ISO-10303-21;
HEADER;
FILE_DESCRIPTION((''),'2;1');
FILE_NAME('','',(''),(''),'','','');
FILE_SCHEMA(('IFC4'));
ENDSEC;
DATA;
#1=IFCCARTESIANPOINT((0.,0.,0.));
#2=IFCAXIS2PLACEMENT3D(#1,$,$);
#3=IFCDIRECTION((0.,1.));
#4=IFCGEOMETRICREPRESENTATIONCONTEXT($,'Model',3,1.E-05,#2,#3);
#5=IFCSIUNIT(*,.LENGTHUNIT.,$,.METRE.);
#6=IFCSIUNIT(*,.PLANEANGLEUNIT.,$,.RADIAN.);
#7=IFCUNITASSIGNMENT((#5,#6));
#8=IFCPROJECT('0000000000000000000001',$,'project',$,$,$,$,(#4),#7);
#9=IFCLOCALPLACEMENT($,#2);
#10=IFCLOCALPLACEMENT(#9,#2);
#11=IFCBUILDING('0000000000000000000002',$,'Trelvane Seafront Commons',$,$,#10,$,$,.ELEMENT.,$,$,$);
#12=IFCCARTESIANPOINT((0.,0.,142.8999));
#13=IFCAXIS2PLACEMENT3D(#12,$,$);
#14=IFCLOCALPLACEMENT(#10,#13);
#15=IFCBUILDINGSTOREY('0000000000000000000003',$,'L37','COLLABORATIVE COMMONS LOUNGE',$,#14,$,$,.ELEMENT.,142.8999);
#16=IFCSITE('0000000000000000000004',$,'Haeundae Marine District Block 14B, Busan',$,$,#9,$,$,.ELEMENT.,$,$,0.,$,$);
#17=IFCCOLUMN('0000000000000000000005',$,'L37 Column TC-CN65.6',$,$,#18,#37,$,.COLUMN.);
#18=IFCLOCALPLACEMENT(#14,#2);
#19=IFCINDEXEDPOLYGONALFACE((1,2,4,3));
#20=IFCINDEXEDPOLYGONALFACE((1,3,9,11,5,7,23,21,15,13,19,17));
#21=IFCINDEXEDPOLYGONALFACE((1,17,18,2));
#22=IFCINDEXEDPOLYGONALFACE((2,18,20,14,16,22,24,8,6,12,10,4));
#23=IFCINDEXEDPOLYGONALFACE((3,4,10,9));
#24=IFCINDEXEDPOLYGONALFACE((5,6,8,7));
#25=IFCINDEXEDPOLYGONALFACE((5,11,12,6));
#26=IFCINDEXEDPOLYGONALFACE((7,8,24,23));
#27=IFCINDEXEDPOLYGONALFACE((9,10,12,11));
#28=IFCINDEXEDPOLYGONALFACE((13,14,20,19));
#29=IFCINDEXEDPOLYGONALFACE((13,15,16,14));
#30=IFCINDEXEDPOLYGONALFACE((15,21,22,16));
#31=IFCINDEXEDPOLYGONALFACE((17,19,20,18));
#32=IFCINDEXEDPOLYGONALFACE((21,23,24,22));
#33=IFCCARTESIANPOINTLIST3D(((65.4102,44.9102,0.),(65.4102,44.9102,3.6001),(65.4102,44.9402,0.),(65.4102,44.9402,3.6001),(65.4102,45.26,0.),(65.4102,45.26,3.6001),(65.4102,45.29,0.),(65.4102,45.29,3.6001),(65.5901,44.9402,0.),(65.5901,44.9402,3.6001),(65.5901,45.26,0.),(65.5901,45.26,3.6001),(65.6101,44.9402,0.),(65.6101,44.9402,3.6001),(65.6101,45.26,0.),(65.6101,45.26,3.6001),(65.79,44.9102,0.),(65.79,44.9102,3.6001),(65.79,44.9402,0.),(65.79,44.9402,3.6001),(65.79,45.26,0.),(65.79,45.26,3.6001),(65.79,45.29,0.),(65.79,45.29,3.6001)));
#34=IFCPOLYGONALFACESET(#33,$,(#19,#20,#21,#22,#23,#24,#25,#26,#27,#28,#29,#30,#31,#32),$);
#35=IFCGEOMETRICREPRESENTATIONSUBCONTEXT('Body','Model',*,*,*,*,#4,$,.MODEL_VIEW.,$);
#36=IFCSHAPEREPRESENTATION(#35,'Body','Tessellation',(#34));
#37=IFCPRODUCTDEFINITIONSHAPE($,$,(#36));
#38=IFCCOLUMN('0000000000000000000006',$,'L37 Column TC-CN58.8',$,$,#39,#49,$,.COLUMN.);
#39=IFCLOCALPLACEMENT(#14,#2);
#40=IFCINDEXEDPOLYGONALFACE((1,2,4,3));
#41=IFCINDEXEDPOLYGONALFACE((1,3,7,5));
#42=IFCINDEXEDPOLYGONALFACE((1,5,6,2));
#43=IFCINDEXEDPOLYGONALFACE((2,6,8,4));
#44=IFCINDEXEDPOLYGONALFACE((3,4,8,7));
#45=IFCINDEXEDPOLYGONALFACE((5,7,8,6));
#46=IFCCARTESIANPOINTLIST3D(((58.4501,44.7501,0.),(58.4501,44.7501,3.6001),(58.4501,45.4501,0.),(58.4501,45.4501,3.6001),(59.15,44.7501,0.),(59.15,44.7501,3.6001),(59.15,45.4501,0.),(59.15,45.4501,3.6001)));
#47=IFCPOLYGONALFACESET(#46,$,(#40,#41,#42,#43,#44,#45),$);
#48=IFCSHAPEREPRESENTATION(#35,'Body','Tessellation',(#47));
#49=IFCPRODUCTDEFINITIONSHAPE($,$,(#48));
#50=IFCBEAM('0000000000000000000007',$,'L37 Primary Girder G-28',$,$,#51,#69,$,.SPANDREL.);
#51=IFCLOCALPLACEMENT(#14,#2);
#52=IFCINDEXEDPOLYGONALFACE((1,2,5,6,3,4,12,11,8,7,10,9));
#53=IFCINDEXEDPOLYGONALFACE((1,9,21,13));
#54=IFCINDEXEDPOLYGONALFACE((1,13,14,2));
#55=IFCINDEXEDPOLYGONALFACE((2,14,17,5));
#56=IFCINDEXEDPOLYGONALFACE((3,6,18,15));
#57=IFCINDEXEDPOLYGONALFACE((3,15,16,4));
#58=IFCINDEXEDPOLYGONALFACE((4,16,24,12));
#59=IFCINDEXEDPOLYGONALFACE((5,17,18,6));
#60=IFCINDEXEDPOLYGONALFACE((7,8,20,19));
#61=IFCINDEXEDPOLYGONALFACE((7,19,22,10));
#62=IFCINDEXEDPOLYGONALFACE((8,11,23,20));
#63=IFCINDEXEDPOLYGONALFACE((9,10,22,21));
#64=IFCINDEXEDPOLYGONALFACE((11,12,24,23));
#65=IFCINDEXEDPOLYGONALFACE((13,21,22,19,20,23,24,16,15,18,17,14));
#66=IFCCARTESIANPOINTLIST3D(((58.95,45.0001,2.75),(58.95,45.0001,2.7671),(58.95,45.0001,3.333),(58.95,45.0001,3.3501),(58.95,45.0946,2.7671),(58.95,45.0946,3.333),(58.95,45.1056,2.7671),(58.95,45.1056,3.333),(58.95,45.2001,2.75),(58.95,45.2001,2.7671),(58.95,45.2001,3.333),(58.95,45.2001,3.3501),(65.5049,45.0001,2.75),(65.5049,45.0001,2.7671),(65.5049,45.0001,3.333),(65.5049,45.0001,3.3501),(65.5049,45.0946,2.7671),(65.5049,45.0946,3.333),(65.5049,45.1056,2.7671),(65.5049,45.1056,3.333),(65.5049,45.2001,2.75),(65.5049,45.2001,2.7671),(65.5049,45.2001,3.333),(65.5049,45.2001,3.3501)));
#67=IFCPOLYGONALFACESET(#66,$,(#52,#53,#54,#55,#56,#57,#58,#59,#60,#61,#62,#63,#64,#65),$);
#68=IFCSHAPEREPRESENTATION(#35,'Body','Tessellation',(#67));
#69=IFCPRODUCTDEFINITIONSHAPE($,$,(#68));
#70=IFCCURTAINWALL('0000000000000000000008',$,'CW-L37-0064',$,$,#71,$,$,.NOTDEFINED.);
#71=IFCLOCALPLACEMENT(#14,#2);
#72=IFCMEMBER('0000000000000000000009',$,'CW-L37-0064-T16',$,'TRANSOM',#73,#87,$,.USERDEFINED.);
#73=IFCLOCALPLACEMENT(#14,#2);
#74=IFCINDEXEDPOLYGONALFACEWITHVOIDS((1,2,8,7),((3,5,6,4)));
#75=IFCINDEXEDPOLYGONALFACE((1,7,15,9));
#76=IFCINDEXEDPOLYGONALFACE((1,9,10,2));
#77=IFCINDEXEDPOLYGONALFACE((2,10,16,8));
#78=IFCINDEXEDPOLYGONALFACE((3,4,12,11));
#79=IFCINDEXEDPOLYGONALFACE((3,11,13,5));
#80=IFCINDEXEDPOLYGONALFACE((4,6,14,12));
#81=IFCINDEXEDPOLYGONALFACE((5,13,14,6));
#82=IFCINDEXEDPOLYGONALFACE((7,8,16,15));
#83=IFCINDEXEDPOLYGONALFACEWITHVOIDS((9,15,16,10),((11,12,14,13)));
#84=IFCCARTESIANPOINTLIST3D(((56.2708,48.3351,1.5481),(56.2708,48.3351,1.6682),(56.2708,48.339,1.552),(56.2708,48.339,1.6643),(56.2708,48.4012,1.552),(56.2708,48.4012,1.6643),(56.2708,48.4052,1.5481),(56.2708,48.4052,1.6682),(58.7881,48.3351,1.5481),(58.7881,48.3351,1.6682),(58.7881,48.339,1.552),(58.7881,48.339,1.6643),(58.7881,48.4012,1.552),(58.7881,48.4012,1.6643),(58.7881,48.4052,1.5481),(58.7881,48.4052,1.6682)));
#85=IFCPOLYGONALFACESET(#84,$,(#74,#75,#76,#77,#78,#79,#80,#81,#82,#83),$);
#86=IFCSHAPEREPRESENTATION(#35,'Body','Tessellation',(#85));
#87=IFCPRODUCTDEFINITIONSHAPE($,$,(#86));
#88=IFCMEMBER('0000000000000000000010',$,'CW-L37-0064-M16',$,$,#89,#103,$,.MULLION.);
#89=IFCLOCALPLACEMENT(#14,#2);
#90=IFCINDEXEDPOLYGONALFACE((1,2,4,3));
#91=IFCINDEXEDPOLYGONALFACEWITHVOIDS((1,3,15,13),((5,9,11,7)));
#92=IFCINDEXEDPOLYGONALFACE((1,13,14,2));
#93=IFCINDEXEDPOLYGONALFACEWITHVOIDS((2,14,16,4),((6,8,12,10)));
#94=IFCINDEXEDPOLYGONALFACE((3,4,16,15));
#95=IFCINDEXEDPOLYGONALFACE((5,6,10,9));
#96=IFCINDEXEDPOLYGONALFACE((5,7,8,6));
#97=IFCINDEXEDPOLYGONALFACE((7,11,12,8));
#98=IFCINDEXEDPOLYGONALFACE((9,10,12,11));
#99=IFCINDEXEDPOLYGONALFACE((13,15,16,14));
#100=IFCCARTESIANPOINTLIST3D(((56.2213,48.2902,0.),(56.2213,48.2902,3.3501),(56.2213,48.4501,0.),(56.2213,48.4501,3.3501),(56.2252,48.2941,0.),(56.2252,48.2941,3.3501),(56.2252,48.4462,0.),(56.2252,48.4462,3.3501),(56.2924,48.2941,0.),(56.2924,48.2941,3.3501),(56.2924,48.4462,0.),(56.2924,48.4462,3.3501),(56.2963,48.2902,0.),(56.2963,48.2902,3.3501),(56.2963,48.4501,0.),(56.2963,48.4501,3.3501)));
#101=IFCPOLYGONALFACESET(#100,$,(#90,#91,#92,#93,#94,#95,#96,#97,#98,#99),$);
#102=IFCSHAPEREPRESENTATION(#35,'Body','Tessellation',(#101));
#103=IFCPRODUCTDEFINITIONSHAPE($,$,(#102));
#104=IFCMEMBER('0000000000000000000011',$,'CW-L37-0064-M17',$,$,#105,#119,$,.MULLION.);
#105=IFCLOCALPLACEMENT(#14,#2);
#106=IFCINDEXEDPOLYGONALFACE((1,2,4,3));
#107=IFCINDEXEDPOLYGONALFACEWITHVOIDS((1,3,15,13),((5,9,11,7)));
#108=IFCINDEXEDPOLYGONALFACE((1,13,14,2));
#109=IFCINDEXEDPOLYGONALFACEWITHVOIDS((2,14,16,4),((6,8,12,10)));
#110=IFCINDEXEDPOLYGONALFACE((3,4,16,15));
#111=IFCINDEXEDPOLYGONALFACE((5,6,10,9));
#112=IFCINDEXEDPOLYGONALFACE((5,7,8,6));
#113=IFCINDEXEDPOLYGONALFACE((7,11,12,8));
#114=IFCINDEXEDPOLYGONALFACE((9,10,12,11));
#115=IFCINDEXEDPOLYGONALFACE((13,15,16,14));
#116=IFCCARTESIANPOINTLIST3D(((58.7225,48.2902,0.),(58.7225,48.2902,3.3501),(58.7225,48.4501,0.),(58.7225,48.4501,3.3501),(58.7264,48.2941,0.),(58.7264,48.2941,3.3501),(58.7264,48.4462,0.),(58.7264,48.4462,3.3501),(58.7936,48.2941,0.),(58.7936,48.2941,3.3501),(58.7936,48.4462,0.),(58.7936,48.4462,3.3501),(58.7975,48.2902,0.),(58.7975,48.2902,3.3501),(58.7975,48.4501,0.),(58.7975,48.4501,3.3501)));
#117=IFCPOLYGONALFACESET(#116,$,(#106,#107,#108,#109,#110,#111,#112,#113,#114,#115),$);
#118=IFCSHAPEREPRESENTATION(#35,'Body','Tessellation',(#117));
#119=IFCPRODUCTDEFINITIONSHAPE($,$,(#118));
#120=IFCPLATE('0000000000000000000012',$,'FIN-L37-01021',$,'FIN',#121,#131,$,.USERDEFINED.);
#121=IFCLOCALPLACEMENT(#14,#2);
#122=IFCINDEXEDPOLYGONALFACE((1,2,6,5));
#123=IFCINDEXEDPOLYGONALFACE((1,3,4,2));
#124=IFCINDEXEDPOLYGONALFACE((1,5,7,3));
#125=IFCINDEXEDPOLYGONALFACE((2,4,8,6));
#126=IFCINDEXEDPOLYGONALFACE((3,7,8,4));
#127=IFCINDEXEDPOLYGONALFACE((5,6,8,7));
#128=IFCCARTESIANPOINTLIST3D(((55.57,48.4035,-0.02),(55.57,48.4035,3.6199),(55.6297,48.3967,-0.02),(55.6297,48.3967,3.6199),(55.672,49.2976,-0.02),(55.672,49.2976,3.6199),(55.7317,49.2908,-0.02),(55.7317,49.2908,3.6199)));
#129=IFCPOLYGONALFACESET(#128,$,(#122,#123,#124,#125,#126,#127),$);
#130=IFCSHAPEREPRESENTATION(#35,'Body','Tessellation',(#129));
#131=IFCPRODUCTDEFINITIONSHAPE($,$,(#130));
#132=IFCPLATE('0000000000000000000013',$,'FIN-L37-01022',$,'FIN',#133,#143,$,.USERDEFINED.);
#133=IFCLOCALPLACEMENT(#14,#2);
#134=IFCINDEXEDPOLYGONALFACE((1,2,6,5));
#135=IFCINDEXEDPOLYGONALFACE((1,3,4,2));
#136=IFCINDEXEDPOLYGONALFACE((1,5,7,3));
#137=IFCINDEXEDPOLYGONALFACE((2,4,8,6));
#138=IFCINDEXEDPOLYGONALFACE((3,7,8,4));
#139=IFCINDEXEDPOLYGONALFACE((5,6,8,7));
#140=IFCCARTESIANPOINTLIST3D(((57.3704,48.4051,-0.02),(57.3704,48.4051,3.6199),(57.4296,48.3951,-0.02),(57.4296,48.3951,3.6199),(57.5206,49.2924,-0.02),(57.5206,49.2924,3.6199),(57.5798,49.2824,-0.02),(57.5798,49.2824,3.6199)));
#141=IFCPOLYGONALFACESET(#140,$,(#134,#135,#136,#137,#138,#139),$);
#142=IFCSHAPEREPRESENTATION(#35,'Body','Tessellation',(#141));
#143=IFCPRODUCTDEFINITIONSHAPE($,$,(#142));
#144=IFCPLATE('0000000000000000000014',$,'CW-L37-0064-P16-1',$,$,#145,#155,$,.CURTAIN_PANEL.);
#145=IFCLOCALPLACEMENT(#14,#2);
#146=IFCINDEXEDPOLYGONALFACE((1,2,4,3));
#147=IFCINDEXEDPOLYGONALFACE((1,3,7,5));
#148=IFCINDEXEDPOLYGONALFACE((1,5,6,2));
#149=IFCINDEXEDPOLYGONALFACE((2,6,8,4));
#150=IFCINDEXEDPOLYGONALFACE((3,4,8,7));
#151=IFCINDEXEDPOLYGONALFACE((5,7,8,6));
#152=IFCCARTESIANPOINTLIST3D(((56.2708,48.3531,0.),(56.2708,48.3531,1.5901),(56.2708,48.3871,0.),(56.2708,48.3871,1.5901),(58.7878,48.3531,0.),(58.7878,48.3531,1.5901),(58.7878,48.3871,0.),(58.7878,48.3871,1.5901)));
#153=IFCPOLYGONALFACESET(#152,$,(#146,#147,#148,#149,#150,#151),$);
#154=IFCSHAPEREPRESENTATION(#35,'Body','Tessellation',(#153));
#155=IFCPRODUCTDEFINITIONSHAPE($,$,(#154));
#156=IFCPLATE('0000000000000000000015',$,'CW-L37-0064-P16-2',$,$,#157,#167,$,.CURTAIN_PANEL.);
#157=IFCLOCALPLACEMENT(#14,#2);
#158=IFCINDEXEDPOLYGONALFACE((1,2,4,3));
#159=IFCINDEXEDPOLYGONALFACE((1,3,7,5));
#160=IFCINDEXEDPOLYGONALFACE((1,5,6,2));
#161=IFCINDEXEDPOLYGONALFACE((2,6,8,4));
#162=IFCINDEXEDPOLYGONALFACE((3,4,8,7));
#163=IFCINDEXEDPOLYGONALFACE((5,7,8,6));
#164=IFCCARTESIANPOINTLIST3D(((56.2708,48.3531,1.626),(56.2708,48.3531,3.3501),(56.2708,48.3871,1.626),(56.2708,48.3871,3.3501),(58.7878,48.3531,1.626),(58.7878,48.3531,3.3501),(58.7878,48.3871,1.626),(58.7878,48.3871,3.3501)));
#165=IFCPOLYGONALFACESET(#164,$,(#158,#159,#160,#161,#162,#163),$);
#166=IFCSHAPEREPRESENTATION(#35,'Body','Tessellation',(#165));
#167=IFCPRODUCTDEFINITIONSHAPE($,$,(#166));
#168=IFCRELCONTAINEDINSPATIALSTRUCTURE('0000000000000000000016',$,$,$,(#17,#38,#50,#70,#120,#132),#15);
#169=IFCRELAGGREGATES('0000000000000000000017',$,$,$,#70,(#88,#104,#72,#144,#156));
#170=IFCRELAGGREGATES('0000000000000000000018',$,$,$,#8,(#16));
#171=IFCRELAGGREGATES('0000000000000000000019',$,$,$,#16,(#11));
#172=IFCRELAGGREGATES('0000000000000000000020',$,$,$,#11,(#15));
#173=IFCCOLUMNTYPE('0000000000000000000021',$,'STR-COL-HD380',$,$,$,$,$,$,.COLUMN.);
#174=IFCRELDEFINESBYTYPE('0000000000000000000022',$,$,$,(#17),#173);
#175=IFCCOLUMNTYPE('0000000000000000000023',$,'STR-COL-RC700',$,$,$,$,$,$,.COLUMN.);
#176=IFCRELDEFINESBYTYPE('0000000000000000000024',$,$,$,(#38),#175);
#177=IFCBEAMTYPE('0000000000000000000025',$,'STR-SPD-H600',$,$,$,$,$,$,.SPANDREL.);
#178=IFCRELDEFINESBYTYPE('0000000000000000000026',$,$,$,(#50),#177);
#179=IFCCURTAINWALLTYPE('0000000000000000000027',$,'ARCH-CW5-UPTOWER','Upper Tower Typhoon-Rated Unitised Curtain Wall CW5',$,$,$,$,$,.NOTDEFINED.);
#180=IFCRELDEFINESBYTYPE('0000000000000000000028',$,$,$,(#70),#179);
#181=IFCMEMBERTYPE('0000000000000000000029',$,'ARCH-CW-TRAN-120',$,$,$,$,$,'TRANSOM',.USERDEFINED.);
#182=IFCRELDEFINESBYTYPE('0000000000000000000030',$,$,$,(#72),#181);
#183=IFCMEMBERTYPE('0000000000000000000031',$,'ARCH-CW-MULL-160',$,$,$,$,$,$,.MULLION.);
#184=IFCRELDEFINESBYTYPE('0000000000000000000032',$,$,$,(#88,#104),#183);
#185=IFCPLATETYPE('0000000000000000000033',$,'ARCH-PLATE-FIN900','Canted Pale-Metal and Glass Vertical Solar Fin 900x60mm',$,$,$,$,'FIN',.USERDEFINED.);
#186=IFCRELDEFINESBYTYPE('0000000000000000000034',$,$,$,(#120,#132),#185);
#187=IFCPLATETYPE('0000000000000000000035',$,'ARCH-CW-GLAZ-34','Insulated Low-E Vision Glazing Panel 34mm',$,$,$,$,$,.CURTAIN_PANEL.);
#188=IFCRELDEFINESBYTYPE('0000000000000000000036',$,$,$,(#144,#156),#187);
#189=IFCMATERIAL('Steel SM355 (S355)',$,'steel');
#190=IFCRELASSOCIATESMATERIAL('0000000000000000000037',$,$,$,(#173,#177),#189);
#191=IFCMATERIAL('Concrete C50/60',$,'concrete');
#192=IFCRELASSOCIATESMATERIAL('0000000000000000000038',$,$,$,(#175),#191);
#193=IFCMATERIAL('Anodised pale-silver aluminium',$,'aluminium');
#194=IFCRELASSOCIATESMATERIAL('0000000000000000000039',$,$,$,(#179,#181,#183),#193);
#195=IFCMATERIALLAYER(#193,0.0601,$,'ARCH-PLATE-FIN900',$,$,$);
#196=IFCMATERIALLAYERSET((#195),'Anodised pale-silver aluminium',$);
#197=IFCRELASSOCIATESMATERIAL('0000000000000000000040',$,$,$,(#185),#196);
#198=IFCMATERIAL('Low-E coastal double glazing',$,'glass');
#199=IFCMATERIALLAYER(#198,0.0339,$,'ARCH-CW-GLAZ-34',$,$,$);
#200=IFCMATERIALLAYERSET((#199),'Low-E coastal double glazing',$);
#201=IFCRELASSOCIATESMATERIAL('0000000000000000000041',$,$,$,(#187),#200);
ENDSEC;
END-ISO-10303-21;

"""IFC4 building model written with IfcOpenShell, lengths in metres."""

from ifc_helpers import new_model, si_unit, direction, frame, origin, origin_2d, place, context, subcontext, project, spatial, rectangle, hollow_rectangle, i_section, extrude, source, transform, mapped, material, layer, layer_set, material_profile, profile_set, type_object, element, aggregate, save


model = new_model("IFC4")

# Units and contexts
model_context = context("Model", 3, precision=1e-05, world=origin(), true_north=direction((0.0, 1.0)))
body_context = subcontext(model_context, "Body", "Model", "MODEL_VIEW")
ifc_project = project(units=[si_unit("LENGTHUNIT", "METRE"), si_unit("PLANEANGLEUNIT", "RADIAN")], contexts=[model_context])

# Site, building, storey
site_placement = place(None, origin())
site = spatial("IfcSite", under=ifc_project, at=site_placement, Name="Haeundae Marine District Block 14B, Busan", CompositionType="ELEMENT", RefElevation=0.0)
building_placement = place(site_placement, origin())
building = spatial("IfcBuilding", under=site, at=building_placement, Name="Trelvane Seafront Commons", CompositionType="ELEMENT")
storey_placement = place(building_placement, frame((0.0, 0.0, 142.8999)))
storey = spatial("IfcBuildingStorey", under=building, at=storey_placement, Name="L37", Description="COLLABORATIVE COMMONS LOUNGE", CompositionType="ELEMENT", Elevation=142.8999)

# Columns
ifc_material_1 = material(Name="Steel SM355 (S355)", Category="steel")
ifc_material_profile_1 = material_profile(ifc_material_1, i_section(OverallWidth=0.3799, OverallDepth=0.3799, WebThickness=0.02, FlangeThickness=0.03, at=origin_2d()), Name="HD-380x380x20x30")
ifc_profile_set_1 = profile_set([ifc_material_profile_1], Name="Steel SM355 (S355)")
column_type_1 = type_object("IfcColumnType", Name="STR-COL-HD380", PredefinedType="COLUMN", material=ifc_profile_set_1)
shared_shape_1 = source(origin(), body_context, "Body", "SweptSolid", [
    extrude(i_section(OverallWidth=0.3799, OverallDepth=0.3799, WebThickness=0.02, FlangeThickness=0.03, at=origin_2d()), origin(), (0.0, 0.0, 1.0), 3.6001),
])
column_1_placement = place(storey_placement, frame((65.6001, 45.1001, 0.0), z_axis=(0.0, 0.0, 1.0), x_axis=(1.0, 0.0, 0.0)))
element("IfcColumn", 1, at=column_1_placement, inside=storey, type_object=column_type_1, Name="L37 Column TC-CN65.6", PredefinedType="COLUMN", context=body_context, shape_type="MappedRepresentation", body=[
    mapped(shared_shape_1, transform((0.0, 0.0, 0.0), x_axis=(1.0, 0.0, 0.0), y_axis=(0.0, 1.0, 0.0), z_axis=(0.0, 0.0, 1.0), scale=1.0)),
])
ifc_material_2 = material(Name="Concrete C50/60", Category="concrete")
ifc_material_profile_2 = material_profile(ifc_material_2, rectangle(XDim=0.7, YDim=0.7, at=origin_2d()), Name="RC-700x700")
ifc_profile_set_2 = profile_set([ifc_material_profile_2], Name="Concrete C50/60")
column_type_2 = type_object("IfcColumnType", Name="STR-COL-RC700", PredefinedType="COLUMN", material=ifc_profile_set_2)
shared_shape_2 = source(origin(), body_context, "Body", "SweptSolid", [
    extrude(rectangle(XDim=0.7, YDim=0.7, at=origin_2d()), origin(), (0.0, 0.0, 1.0), 3.6001),
])
column_2_placement = place(storey_placement, frame((58.8, 45.1001, 0.0), z_axis=(0.0, 0.0, 1.0), x_axis=(1.0, 0.0, 0.0)))
element("IfcColumn", 2, at=column_2_placement, inside=storey, type_object=column_type_2, Name="L37 Column TC-CN58.8", PredefinedType="COLUMN", context=body_context, shape_type="MappedRepresentation", body=[
    mapped(shared_shape_2, transform((0.0, 0.0, 0.0), x_axis=(1.0, 0.0, 0.0), y_axis=(0.0, 1.0, 0.0), z_axis=(0.0, 0.0, 1.0), scale=1.0)),
])

# Beam
ifc_material_profile_3 = material_profile(ifc_material_1, i_section(OverallWidth=0.2, OverallDepth=0.6001, WebThickness=0.011, FlangeThickness=0.0171, at=origin_2d()), Name="H-600x200x11x17")
ifc_profile_set_3 = profile_set([ifc_material_profile_3], Name="Steel SM355 (S355)")
beam_type = type_object("IfcBeamType", Name="STR-SPD-H600", PredefinedType="SPANDREL", material=ifc_profile_set_3)
shared_shape_3 = source(origin(), body_context, "Body", "SweptSolid", [
    extrude(i_section(OverallWidth=0.2, OverallDepth=0.6001, WebThickness=0.011, FlangeThickness=0.0171, at=origin_2d()), origin(), (0.0, 0.0, 1.0), 6.5549),
])
beam_placement = place(storey_placement, frame((58.95, 45.1001, 3.05), z_axis=(1.0, 0.0, 0.0), x_axis=(0.0, 1.0, 0.0)))
element("IfcBeam", 3, at=beam_placement, inside=storey, type_object=beam_type, Name="L37 Primary Girder G-28", PredefinedType="SPANDREL", context=body_context, shape_type="MappedRepresentation", body=[
    mapped(shared_shape_3, transform((0.0, 0.0, 0.0), x_axis=(1.0, 0.0, 0.0), y_axis=(0.0, 1.0, 0.0), z_axis=(0.0, 0.0, 1.0), scale=1.0)),
])

# Curtain wall, members
ifc_material_3 = material(Name="Anodised pale-silver aluminium", Category="aluminium")
curtain_wall_type = type_object("IfcCurtainWallType", Name="ARCH-CW5-UPTOWER", Description="Upper Tower Typhoon-Rated Unitised Curtain Wall CW5", PredefinedType="NOTDEFINED", material=ifc_material_3)
curtain_wall_placement = place(storey_placement, origin())
curtain_wall = element("IfcCurtainWall", 4, at=curtain_wall_placement, inside=storey, type_object=curtain_wall_type, Name="CW-L37-0064", PredefinedType="NOTDEFINED")
ifc_material_profile_4 = material_profile(ifc_material_3, hollow_rectangle(XDim=0.0701, YDim=0.1201, WallThickness=0.0039, at=origin_2d()), Name="TRAN-70x120x4")
ifc_profile_set_4 = profile_set([ifc_material_profile_4], Name="Anodised pale-silver aluminium")
member_type_1 = type_object("IfcMemberType", Name="ARCH-CW-TRAN-120", ElementType="TRANSOM", PredefinedType="USERDEFINED", material=ifc_profile_set_4)
shared_shape_4 = source(origin(), body_context, "Body", "SweptSolid", [
    extrude(hollow_rectangle(XDim=0.0701, YDim=0.1201, WallThickness=0.0039, at=origin_2d()), origin(), (0.0, 0.0, 1.0), 2.5173),
])
member_1_placement = place(storey_placement, frame((56.2708, 48.3701, 1.6082), z_axis=(1.0, 0.0, 0.0), x_axis=(0.0, 1.0, 0.0)))
member_1 = element("IfcMember", 5, at=member_1_placement, type_object=member_type_1, Name="CW-L37-0064-T16", ObjectType="TRANSOM", PredefinedType="USERDEFINED", context=body_context, shape_type="MappedRepresentation", body=[
    mapped(shared_shape_4, transform((0.0, 0.0, 0.0), x_axis=(1.0, 0.0, 0.0), y_axis=(0.0, 1.0, 0.0), z_axis=(0.0, 0.0, 1.0), scale=1.0)),
])
ifc_material_profile_5 = material_profile(ifc_material_3, hollow_rectangle(XDim=0.075, YDim=0.1599, WallThickness=0.0039, at=origin_2d()), Name="MULL-75x160x4")
ifc_profile_set_5 = profile_set([ifc_material_profile_5], Name="Anodised pale-silver aluminium")
member_type_2 = type_object("IfcMemberType", Name="ARCH-CW-MULL-160", PredefinedType="MULLION", material=ifc_profile_set_5)
shared_shape_5 = source(origin(), body_context, "Body", "SweptSolid", [
    extrude(hollow_rectangle(XDim=0.075, YDim=0.1599, WallThickness=0.0039, at=origin_2d()), origin(), (0.0, 0.0, 1.0), 3.3501),
])
member_2_placement = place(storey_placement, frame((56.2588, 48.3701, 0.0), z_axis=(0.0, 0.0, 1.0), x_axis=(1.0, 0.0, 0.0)))
member_2 = element("IfcMember", 6, at=member_2_placement, type_object=member_type_2, Name="CW-L37-0064-M16", PredefinedType="MULLION", context=body_context, shape_type="MappedRepresentation", body=[
    mapped(shared_shape_5, transform((0.0, 0.0, 0.0), x_axis=(1.0, 0.0, 0.0), y_axis=(0.0, 1.0, 0.0), z_axis=(0.0, 0.0, 1.0), scale=1.0)),
])
member_3_placement = place(storey_placement, frame((58.76, 48.3701, 0.0), z_axis=(0.0, 0.0, 1.0), x_axis=(1.0, 0.0, 0.0)))
member_3 = element("IfcMember", 7, at=member_3_placement, type_object=member_type_2, Name="CW-L37-0064-M17", PredefinedType="MULLION", context=body_context, shape_type="MappedRepresentation", body=[
    mapped(shared_shape_5, transform((0.0, 0.0, 0.0), x_axis=(1.0, 0.0, 0.0), y_axis=(0.0, 1.0, 0.0), z_axis=(0.0, 0.0, 1.0), scale=1.0)),
])

# Plates
ifc_layer_1 = layer(ifc_material_3, 0.0601, Name="ARCH-PLATE-FIN900")
ifc_layer_set_1 = layer_set([ifc_layer_1], Name="Anodised pale-silver aluminium")
plate_type_1 = type_object("IfcPlateType", Name="ARCH-PLATE-FIN900", Description="Canted Pale-Metal and Glass Vertical Solar Fin 900x60mm", ElementType="FIN", PredefinedType="USERDEFINED", material=ifc_layer_set_1)
shared_shape_6 = source(origin(), body_context, "Body", "SweptSolid", [
    extrude(rectangle(XDim=0.8999, YDim=0.0601, at=origin_2d()), origin(), (0.0, 0.0, 1.0), 3.6399),
])
for number, where, z_axis, x_axis, name in (
    (8, (55.6509, 48.8472, -0.02), (0.0, 0.0, 1.0), (0.113333, 0.993557, 0.0), "FIN-L37-01021"),
    (9, (57.4751, 48.8438, -0.02), (0.0, 0.0, 1.0), (0.166992, 0.985958, 0.0), "FIN-L37-01022"),
):
    element("IfcPlate", number, at=place(storey_placement, frame(where, z_axis=z_axis, x_axis=x_axis)), inside=storey, type_object=plate_type_1, Name=name, ObjectType="FIN", PredefinedType="USERDEFINED", context=body_context, shape_type="MappedRepresentation", body=[
        mapped(shared_shape_6, transform((0.0, 0.0, 0.0), x_axis=(1.0, 0.0, 0.0), y_axis=(0.0, 1.0, 0.0), z_axis=(0.0, 0.0, 1.0), scale=1.0)),
    ])

# Plates
ifc_material_4 = material(Name="Low-E coastal double glazing", Category="glass")
ifc_layer_2 = layer(ifc_material_4, 0.0339, Name="ARCH-CW-GLAZ-34")
ifc_layer_set_2 = layer_set([ifc_layer_2], Name="Low-E coastal double glazing")
plate_type_2 = type_object("IfcPlateType", Name="ARCH-CW-GLAZ-34", Description="Insulated Low-E Vision Glazing Panel 34mm", PredefinedType="CURTAIN_PANEL", material=ifc_layer_set_2)
shared_shape_7 = source(origin(), body_context, "Body", "SweptSolid", [
    extrude(rectangle(XDim=2.5171, YDim=0.0339, at=origin_2d()), origin(), (0.0, 0.0, 1.0), 1.5901),
])
plate_1_placement = place(storey_placement, frame((57.5293, 48.3701, 0.0), z_axis=(0.0, 0.0, 1.0), x_axis=(1.0, 0.0, 0.0)))
plate_1 = element("IfcPlate", 10, at=plate_1_placement, type_object=plate_type_2, Name="CW-L37-0064-P16-1", PredefinedType="CURTAIN_PANEL", context=body_context, shape_type="MappedRepresentation", body=[
    mapped(shared_shape_7, transform((0.0, 0.0, 0.0), x_axis=(1.0, 0.0, 0.0), y_axis=(0.0, 1.0, 0.0), z_axis=(0.0, 0.0, 1.0), scale=1.0)),
])
shared_shape_8 = source(origin(), body_context, "Body", "SweptSolid", [
    extrude(rectangle(XDim=2.5171, YDim=0.0339, at=origin_2d()), origin(), (0.0, 0.0, 1.0), 1.7241),
])
plate_2_placement = place(storey_placement, frame((57.5293, 48.3701, 1.626), z_axis=(0.0, 0.0, 1.0), x_axis=(1.0, 0.0, 0.0)))
plate_2 = element("IfcPlate", 11, at=plate_2_placement, type_object=plate_type_2, Name="CW-L37-0064-P16-2", PredefinedType="CURTAIN_PANEL", context=body_context, shape_type="MappedRepresentation", body=[
    mapped(shared_shape_8, transform((0.0, 0.0, 0.0), x_axis=(1.0, 0.0, 0.0), y_axis=(0.0, 1.0, 0.0), z_axis=(0.0, 0.0, 1.0), scale=1.0)),
])
aggregate(curtain_wall, [member_2, member_3, member_1, plate_1, plate_2])

save(model, "model.ifc")
